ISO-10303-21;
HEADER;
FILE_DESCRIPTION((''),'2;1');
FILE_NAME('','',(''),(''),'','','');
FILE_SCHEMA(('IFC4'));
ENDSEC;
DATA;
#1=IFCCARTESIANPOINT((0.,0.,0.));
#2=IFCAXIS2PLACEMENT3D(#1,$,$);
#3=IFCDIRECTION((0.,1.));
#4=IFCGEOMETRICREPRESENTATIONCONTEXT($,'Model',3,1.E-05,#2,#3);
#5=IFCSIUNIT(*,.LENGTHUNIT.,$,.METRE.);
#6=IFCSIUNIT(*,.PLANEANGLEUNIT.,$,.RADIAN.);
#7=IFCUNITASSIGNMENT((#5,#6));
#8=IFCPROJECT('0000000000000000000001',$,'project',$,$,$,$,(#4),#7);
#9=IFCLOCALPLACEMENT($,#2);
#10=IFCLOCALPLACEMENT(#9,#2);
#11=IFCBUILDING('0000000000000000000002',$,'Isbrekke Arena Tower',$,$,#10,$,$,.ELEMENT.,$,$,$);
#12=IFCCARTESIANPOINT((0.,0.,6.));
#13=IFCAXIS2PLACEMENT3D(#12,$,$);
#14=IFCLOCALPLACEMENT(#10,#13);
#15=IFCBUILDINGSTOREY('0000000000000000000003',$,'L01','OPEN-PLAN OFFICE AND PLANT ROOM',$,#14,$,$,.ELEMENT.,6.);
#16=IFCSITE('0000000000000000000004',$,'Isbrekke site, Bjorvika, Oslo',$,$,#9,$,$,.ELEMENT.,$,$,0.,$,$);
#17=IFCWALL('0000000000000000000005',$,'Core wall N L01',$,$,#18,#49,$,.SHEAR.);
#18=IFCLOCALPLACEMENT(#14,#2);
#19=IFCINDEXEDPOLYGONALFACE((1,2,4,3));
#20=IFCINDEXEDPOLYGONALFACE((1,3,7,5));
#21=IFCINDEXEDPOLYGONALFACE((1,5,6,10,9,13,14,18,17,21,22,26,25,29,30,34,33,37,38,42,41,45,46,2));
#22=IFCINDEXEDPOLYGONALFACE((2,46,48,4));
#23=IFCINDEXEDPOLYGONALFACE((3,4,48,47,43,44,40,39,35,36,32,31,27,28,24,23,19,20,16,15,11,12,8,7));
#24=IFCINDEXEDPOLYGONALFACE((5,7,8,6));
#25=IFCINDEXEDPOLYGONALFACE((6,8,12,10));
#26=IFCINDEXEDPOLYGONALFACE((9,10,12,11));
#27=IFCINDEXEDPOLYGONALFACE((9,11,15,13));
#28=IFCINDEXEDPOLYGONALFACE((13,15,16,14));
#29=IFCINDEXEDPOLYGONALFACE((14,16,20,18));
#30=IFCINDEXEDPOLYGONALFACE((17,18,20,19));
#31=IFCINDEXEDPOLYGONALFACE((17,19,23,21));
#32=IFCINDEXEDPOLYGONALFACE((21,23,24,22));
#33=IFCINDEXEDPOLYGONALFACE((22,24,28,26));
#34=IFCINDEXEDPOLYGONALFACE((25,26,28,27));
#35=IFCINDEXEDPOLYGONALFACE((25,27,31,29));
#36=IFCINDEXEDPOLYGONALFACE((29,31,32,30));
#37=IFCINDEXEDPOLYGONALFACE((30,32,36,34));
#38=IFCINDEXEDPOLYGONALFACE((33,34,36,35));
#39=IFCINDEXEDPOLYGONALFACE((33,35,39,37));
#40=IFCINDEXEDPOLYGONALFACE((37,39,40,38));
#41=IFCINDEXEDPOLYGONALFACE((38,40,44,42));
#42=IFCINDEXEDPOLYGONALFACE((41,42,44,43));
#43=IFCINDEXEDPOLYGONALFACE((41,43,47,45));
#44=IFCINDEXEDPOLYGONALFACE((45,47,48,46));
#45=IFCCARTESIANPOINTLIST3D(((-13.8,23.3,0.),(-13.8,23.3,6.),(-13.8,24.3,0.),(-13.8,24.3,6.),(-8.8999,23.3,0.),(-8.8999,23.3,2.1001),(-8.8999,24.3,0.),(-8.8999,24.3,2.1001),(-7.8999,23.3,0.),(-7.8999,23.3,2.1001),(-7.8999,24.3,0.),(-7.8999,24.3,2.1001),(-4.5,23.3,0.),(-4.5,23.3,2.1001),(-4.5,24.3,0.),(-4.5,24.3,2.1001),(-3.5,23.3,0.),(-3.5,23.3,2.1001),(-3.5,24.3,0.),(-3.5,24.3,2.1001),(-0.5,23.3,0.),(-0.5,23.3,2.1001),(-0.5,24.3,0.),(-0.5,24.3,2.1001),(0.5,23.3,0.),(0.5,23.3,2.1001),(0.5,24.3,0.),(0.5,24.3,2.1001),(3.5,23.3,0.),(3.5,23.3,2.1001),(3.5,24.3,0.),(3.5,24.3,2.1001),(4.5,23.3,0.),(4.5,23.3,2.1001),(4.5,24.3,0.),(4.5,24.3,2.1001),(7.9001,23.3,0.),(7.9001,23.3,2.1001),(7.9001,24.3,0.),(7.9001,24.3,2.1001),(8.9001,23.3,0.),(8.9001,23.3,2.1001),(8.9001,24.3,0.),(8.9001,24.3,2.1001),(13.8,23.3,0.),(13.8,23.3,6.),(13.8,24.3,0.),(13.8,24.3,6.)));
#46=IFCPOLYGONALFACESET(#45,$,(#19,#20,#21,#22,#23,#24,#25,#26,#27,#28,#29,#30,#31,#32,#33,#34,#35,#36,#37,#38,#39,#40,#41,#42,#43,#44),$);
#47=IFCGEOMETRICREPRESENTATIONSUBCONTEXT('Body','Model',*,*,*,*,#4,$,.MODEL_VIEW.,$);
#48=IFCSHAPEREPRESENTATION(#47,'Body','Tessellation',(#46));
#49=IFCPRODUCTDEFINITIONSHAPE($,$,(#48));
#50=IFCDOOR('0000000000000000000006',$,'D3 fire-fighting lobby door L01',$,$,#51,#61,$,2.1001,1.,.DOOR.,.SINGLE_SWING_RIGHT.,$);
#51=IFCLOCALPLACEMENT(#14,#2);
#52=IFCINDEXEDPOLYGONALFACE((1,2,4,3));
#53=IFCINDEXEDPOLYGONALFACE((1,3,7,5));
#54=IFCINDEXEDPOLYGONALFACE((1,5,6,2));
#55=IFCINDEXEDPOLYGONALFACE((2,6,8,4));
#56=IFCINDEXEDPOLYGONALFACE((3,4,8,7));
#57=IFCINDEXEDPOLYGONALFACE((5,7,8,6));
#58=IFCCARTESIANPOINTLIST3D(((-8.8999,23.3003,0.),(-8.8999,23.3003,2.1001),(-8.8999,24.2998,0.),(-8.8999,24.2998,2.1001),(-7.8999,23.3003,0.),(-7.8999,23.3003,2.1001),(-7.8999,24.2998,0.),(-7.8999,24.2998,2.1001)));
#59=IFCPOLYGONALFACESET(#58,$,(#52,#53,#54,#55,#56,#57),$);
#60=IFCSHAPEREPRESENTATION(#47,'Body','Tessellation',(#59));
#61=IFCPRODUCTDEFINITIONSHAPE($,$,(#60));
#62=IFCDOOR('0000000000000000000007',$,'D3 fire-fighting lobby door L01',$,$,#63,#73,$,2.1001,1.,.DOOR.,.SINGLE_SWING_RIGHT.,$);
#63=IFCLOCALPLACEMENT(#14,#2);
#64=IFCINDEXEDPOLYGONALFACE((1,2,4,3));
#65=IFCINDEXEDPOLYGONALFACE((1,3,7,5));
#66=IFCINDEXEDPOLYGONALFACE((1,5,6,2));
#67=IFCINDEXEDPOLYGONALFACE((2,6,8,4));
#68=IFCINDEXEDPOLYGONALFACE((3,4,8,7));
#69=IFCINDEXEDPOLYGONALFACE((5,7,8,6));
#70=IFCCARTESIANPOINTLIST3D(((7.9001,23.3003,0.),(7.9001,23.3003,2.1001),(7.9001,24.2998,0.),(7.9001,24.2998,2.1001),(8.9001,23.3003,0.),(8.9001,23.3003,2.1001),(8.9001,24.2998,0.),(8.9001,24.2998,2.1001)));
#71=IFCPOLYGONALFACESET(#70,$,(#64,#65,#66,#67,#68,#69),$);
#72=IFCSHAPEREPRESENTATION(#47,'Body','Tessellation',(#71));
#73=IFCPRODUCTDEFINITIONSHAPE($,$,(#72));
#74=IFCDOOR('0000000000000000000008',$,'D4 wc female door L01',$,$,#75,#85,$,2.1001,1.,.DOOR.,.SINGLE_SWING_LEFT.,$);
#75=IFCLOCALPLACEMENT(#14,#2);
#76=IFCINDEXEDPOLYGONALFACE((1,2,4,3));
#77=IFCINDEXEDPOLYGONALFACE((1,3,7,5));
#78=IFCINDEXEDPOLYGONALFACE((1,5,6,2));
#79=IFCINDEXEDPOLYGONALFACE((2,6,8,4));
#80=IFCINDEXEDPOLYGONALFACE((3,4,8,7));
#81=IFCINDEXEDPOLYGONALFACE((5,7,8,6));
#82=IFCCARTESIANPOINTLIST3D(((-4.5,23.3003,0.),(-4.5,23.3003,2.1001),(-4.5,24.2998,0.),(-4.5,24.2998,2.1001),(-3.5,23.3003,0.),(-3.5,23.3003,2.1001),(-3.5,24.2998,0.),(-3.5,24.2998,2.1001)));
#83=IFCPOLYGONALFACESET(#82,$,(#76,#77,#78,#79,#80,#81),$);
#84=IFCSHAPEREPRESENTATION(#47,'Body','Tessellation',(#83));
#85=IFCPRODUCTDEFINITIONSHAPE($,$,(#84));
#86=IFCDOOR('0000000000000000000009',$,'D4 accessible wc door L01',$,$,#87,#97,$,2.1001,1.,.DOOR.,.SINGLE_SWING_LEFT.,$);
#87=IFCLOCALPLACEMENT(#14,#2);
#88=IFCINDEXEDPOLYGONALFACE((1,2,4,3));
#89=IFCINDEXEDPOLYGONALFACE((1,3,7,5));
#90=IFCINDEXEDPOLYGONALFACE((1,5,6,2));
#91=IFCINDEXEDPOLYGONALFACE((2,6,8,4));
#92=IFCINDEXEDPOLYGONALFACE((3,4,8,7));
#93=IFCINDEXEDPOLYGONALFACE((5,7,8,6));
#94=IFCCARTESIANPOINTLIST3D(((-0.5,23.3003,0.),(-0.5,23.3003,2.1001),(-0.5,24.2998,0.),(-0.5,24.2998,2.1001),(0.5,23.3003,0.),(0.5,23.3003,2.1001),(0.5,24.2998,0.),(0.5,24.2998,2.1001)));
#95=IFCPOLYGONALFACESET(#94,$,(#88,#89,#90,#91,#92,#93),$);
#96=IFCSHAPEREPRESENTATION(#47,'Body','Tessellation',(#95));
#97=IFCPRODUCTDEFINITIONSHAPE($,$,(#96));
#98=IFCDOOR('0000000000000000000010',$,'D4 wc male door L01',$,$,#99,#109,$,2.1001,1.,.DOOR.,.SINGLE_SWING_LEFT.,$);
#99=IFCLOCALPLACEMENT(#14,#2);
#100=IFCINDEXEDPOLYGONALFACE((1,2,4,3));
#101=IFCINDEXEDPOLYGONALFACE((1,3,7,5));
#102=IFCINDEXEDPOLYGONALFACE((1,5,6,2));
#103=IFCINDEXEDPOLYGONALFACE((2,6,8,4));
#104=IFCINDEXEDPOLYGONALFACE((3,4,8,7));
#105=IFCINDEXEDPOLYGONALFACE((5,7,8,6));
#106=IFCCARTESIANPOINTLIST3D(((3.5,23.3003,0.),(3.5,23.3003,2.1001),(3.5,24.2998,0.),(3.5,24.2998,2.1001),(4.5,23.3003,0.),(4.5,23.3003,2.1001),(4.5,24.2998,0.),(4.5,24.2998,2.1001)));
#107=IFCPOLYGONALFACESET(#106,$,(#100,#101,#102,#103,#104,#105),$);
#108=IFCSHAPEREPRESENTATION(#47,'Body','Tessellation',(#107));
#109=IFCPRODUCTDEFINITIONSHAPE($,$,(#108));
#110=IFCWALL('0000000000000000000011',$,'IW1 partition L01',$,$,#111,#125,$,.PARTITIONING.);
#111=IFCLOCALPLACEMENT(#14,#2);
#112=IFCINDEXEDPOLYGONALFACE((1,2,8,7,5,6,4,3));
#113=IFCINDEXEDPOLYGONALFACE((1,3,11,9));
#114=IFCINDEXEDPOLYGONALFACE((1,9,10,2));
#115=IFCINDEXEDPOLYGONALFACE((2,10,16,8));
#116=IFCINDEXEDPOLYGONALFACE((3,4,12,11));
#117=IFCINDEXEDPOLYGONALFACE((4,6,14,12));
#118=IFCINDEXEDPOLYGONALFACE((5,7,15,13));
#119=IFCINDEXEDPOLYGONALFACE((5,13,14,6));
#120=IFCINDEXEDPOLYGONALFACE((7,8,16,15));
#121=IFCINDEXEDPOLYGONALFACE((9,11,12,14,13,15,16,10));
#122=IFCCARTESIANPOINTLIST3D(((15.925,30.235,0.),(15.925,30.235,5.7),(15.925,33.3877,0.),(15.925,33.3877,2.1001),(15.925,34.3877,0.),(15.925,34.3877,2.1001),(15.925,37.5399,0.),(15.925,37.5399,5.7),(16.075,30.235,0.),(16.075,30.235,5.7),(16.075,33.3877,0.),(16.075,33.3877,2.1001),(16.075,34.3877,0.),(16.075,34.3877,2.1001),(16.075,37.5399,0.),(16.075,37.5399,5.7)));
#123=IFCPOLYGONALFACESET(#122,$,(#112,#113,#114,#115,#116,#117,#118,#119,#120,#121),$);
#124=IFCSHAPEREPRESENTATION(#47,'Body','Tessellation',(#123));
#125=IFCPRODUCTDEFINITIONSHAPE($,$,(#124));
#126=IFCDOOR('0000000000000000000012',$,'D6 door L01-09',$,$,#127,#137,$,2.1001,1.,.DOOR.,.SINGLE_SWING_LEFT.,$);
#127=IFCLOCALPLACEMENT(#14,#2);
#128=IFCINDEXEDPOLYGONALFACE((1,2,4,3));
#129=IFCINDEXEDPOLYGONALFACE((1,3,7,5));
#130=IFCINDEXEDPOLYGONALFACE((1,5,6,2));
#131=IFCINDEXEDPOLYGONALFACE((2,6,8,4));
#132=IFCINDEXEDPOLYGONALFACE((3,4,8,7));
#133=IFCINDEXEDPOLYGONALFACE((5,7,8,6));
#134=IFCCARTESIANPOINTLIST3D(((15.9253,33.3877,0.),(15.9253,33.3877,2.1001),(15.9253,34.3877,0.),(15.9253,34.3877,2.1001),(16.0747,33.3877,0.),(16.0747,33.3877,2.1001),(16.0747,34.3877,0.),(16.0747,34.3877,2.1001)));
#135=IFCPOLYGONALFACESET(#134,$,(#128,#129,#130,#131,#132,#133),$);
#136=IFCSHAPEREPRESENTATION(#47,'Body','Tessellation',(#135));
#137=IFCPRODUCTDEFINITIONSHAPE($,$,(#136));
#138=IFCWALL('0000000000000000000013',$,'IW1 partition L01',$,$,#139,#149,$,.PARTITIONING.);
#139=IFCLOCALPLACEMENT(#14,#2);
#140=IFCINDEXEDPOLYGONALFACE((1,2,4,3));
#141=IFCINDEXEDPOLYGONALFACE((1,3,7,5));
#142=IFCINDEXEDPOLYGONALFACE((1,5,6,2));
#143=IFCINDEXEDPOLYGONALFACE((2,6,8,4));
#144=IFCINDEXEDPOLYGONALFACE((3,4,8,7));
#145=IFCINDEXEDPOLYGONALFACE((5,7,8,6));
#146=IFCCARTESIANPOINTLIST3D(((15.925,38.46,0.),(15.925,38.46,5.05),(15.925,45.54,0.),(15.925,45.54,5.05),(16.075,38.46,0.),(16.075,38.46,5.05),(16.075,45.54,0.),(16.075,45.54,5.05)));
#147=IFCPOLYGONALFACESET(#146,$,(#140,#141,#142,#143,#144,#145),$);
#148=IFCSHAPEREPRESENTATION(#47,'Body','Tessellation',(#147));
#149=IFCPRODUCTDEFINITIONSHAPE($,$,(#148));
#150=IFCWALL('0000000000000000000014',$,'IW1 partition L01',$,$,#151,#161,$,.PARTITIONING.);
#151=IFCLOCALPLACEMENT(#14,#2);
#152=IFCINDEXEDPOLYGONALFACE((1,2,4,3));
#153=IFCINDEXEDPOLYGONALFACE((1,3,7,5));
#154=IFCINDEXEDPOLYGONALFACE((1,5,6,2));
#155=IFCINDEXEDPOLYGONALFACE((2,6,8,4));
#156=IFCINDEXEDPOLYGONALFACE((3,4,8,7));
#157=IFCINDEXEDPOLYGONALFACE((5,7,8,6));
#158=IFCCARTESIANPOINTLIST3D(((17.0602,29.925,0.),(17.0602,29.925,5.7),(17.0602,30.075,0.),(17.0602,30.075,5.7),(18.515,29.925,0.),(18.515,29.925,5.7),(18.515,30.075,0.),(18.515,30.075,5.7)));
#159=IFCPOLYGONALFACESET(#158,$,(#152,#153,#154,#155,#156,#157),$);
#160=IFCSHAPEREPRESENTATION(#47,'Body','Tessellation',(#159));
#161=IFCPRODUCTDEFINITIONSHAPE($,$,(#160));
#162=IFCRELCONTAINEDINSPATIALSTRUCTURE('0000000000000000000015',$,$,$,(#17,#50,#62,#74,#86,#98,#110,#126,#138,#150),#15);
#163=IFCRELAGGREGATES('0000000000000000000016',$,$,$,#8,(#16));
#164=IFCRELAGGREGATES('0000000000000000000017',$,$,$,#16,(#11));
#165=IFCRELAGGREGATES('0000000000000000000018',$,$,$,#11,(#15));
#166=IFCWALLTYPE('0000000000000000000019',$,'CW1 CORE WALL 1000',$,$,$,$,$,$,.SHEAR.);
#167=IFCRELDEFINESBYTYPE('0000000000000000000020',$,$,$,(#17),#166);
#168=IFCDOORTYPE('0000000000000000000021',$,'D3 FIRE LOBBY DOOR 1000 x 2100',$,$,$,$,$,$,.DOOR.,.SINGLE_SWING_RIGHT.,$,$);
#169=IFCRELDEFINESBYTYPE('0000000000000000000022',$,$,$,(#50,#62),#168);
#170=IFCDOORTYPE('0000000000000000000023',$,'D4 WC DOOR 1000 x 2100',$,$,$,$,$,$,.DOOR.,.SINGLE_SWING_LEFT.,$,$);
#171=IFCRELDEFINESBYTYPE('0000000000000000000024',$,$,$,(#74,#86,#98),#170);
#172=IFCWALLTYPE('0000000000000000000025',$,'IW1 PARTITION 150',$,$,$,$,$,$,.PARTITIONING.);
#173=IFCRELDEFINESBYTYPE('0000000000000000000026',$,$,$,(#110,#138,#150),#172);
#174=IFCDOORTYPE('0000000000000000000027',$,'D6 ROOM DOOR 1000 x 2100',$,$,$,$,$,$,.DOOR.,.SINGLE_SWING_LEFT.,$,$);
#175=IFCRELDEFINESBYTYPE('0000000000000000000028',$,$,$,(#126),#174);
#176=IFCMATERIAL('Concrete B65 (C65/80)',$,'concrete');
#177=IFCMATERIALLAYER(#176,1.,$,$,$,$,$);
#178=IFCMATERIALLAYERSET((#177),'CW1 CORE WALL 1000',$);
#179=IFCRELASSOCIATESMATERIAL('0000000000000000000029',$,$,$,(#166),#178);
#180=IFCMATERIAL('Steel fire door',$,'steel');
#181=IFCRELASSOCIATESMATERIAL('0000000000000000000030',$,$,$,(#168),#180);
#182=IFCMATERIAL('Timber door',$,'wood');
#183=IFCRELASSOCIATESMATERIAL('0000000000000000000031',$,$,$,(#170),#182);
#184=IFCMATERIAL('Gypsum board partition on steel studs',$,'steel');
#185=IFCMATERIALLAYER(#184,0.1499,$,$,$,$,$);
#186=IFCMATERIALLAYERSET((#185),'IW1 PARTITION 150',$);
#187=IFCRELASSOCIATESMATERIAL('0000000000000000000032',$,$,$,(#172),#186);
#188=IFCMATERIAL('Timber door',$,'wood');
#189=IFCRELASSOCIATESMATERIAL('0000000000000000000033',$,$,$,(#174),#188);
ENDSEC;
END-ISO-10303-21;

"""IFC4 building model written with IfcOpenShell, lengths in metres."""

from ifc_helpers import new_model, si_unit, direction, frame, frame_2d, origin, place, context, subcontext, project, spatial, rectangle, extrude, material, layer, layer_set, type_object, element, fill, save


model = new_model("IFC4")

# Units and contexts
model_context = context("Model", 3, precision=1e-05, world=origin(), true_north=direction((0.0, 1.0)))
body_context = subcontext(model_context, "Body", "Model", "MODEL_VIEW")
ifc_project = project(units=[si_unit("LENGTHUNIT", "METRE"), si_unit("PLANEANGLEUNIT", "RADIAN")], contexts=[model_context])

# Site, building, storey
site_placement = place(None, origin())
site = spatial("IfcSite", under=ifc_project, at=site_placement, Name="Isbrekke site, Bjorvika, Oslo", CompositionType="ELEMENT", RefElevation=0.0)
building_placement = place(site_placement, origin())
building = spatial("IfcBuilding", under=site, at=building_placement, Name="Isbrekke Arena Tower", CompositionType="ELEMENT")
storey_placement = place(building_placement, frame((0.0, 0.0, 6.0)))
storey = spatial("IfcBuildingStorey", under=building, at=storey_placement, Name="L01", Description="OPEN-PLAN OFFICE AND PLANT ROOM", CompositionType="ELEMENT", Elevation=6.0)

# Wall, openings, doors
ifc_material_1 = material(Name="Concrete B65 (C65/80)", Category="concrete")
ifc_layer_1 = layer(ifc_material_1, 1.0)
ifc_layer_set_1 = layer_set([ifc_layer_1], Name="CW1 CORE WALL 1000")
wall_type_1 = type_object("IfcWallType", Name="CW1 CORE WALL 1000", PredefinedType="SHEAR", material=ifc_layer_set_1)
wall_1_placement = place(storey_placement, frame((13.8, 23.8, 0.0), z_axis=(0.0, 0.0, 1.0), x_axis=(-1.0, 0.0, 0.0)))
wall_1 = element("IfcWall", 1, at=wall_1_placement, inside=storey, type_object=wall_type_1, Name="Core wall N L01", PredefinedType="SHEAR", context=body_context, shape_type="SweptSolid", body=[
    extrude(rectangle(XDim=27.6001, YDim=1.0, at=frame_2d((13.8, 0.0))), origin(), (0.0, 0.0, 1.0), 6.0),
])
opening_1_placement = place(wall_1_placement, frame((21.7, 0.0, 0.0)))
opening_1 = element("IfcOpeningElement", 2, at=opening_1_placement, cuts=wall_1, PredefinedType="OPENING", context=body_context, shape_type="SweptSolid", body=[
    extrude(rectangle(XDim=1.0, YDim=2.1001, at=frame_2d((0.5, 1.05))), frame((0.0, 0.5149, 0.0), z_axis=(0.0, -1.0, 0.0), x_axis=(1.0, 0.0, 0.0)), (0.0, 0.0, 1.0), 1.0298),
])
opening_2_placement = place(wall_1_placement, frame((4.8999, 0.0, 0.0)))
opening_2 = element("IfcOpeningElement", 3, at=opening_2_placement, cuts=wall_1, PredefinedType="OPENING", context=body_context, shape_type="SweptSolid", body=[
    extrude(rectangle(XDim=1.0, YDim=2.1001, at=frame_2d((0.5, 1.05))), frame((0.0, 0.5149, 0.0), z_axis=(0.0, -1.0, 0.0), x_axis=(1.0, 0.0, 0.0)), (0.0, 0.0, 1.0), 1.0298),
])
opening_3_placement = place(wall_1_placement, frame((17.3, 0.0, 0.0)))
opening_3 = element("IfcOpeningElement", 4, at=opening_3_placement, cuts=wall_1, PredefinedType="OPENING", context=body_context, shape_type="SweptSolid", body=[
    extrude(rectangle(XDim=1.0, YDim=2.1001, at=frame_2d((0.5, 1.05))), frame((0.0, 0.5149, 0.0), z_axis=(0.0, -1.0, 0.0), x_axis=(1.0, 0.0, 0.0)), (0.0, 0.0, 1.0), 1.0298),
])
opening_4_placement = place(wall_1_placement, frame((13.3, 0.0, 0.0)))
opening_4 = element("IfcOpeningElement", 5, at=opening_4_placement, cuts=wall_1, PredefinedType="OPENING", context=body_context, shape_type="SweptSolid", body=[
    extrude(rectangle(XDim=1.0, YDim=2.1001, at=frame_2d((0.5, 1.05))), frame((0.0, 0.5149, 0.0), z_axis=(0.0, -1.0, 0.0), x_axis=(1.0, 0.0, 0.0)), (0.0, 0.0, 1.0), 1.0298),
])
opening_5_placement = place(wall_1_placement, frame((9.3, 0.0, 0.0)))
opening_5 = element("IfcOpeningElement", 6, at=opening_5_placement, cuts=wall_1, PredefinedType="OPENING", context=body_context, shape_type="SweptSolid", body=[
    extrude(rectangle(XDim=1.0, YDim=2.1001, at=frame_2d((0.5, 1.05))), frame((0.0, 0.5149, 0.0), z_axis=(0.0, -1.0, 0.0), x_axis=(1.0, 0.0, 0.0)), (0.0, 0.0, 1.0), 1.0298),
])
ifc_material_2 = material(Name="Steel fire door", Category="steel")
door_type_1 = type_object("IfcDoorType", Name="D3 FIRE LOBBY DOOR 1000 x 2100", OperationType="SINGLE_SWING_RIGHT", PredefinedType="DOOR", material=ifc_material_2)
door_1_placement = place(opening_1_placement, origin())
door_1 = element("IfcDoor", 7, at=door_1_placement, inside=storey, type_object=door_type_1, Name="D3 fire-fighting lobby door L01", OperationType="SINGLE_SWING_RIGHT", OverallHeight=2.1001, OverallWidth=1.0, PredefinedType="DOOR", context=body_context, shape_type="SweptSolid", body=[
    extrude(rectangle(XDim=1.0, YDim=2.1001, at=frame_2d((0.5, 1.05))), frame((0.0, 0.4998, 0.0), z_axis=(0.0, -1.0, 0.0), x_axis=(1.0, 0.0, 0.0)), (0.0, 0.0, 1.0), 0.9995),
])
fill(opening_1, door_1)
door_2_placement = place(opening_2_placement, origin())
door_2 = element("IfcDoor", 8, at=door_2_placement, inside=storey, type_object=door_type_1, Name="D3 fire-fighting lobby door L01", OperationType="SINGLE_SWING_RIGHT", OverallHeight=2.1001, OverallWidth=1.0, PredefinedType="DOOR", context=body_context, shape_type="SweptSolid", body=[
    extrude(rectangle(XDim=1.0, YDim=2.1001, at=frame_2d((0.5, 1.05))), frame((0.0, 0.4998, 0.0), z_axis=(0.0, -1.0, 0.0), x_axis=(1.0, 0.0, 0.0)), (0.0, 0.0, 1.0), 0.9995),
])
fill(opening_2, door_2)
ifc_material_3 = material(Name="Timber door", Category="wood")
door_type_2 = type_object("IfcDoorType", Name="D4 WC DOOR 1000 x 2100", OperationType="SINGLE_SWING_LEFT", PredefinedType="DOOR", material=ifc_material_3)
door_3_placement = place(opening_3_placement, origin())
door_3 = element("IfcDoor", 9, at=door_3_placement, inside=storey, type_object=door_type_2, Name="D4 wc female door L01", OperationType="SINGLE_SWING_LEFT", OverallHeight=2.1001, OverallWidth=1.0, PredefinedType="DOOR", context=body_context, shape_type="SweptSolid", body=[
    extrude(rectangle(XDim=1.0, YDim=2.1001, at=frame_2d((0.5, 1.05))), frame((0.0, 0.4998, 0.0), z_axis=(0.0, -1.0, 0.0), x_axis=(1.0, 0.0, 0.0)), (0.0, 0.0, 1.0), 0.9995),
])
fill(opening_3, door_3)
door_4_placement = place(opening_4_placement, origin())
door_4 = element("IfcDoor", 10, at=door_4_placement, inside=storey, type_object=door_type_2, Name="D4 accessible wc door L01", OperationType="SINGLE_SWING_LEFT", OverallHeight=2.1001, OverallWidth=1.0, PredefinedType="DOOR", context=body_context, shape_type="SweptSolid", body=[
    extrude(rectangle(XDim=1.0, YDim=2.1001, at=frame_2d((0.5, 1.05))), frame((0.0, 0.4998, 0.0), z_axis=(0.0, -1.0, 0.0), x_axis=(1.0, 0.0, 0.0)), (0.0, 0.0, 1.0), 0.9995),
])
fill(opening_4, door_4)
door_5_placement = place(opening_5_placement, origin())
door_5 = element("IfcDoor", 11, at=door_5_placement, inside=storey, type_object=door_type_2, Name="D4 wc male door L01", OperationType="SINGLE_SWING_LEFT", OverallHeight=2.1001, OverallWidth=1.0, PredefinedType="DOOR", context=body_context, shape_type="SweptSolid", body=[
    extrude(rectangle(XDim=1.0, YDim=2.1001, at=frame_2d((0.5, 1.05))), frame((0.0, 0.4998, 0.0), z_axis=(0.0, -1.0, 0.0), x_axis=(1.0, 0.0, 0.0)), (0.0, 0.0, 1.0), 0.9995),
])
fill(opening_5, door_5)

# Wall, opening, door
ifc_material_4 = material(Name="Gypsum board partition on steel studs", Category="steel")
ifc_layer_2 = layer(ifc_material_4, 0.1499)
ifc_layer_set_2 = layer_set([ifc_layer_2], Name="IW1 PARTITION 150")
wall_type_2 = type_object("IfcWallType", Name="IW1 PARTITION 150", PredefinedType="PARTITIONING", material=ifc_layer_set_2)
wall_2_placement = place(storey_placement, frame((16.0, 30.2351, 0.0), z_axis=(0.0, 0.0, 1.0), x_axis=(0.0, 1.0, 0.0)))
wall_2 = element("IfcWall", 12, at=wall_2_placement, inside=storey, type_object=wall_type_2, Name="IW1 partition L01", PredefinedType="PARTITIONING", context=body_context, shape_type="SweptSolid", body=[
    extrude(rectangle(XDim=7.3049, YDim=0.1499, at=frame_2d((3.6523, 0.0))), origin(), (0.0, 0.0, 1.0), 5.7),
])
opening_6_placement = place(wall_2_placement, frame((3.1526, 0.0, 0.0)))
opening_6 = element("IfcOpeningElement", 13, at=opening_6_placement, cuts=wall_2, PredefinedType="OPENING", context=body_context, shape_type="SweptSolid", body=[
    extrude(rectangle(XDim=1.0, YDim=2.1001, at=frame_2d((0.5, 1.05))), frame((0.0, 0.0898, 0.0), z_axis=(0.0, -1.0, 0.0), x_axis=(1.0, 0.0, 0.0)), (0.0, 0.0, 1.0), 0.1797),
])
ifc_material_5 = material(Name="Timber door", Category="wood")
door_type_3 = type_object("IfcDoorType", Name="D6 ROOM DOOR 1000 x 2100", OperationType="SINGLE_SWING_LEFT", PredefinedType="DOOR", material=ifc_material_5)
door_6_placement = place(opening_6_placement, origin())
door_6 = element("IfcDoor", 14, at=door_6_placement, inside=storey, type_object=door_type_3, Name="D6 door L01-09", OperationType="SINGLE_SWING_LEFT", OverallHeight=2.1001, OverallWidth=1.0, PredefinedType="DOOR", context=body_context, shape_type="SweptSolid", body=[
    extrude(rectangle(XDim=1.0, YDim=2.1001, at=frame_2d((0.5, 1.05))), frame((0.0, 0.0747, 0.0), z_axis=(0.0, -1.0, 0.0), x_axis=(1.0, 0.0, 0.0)), (0.0, 0.0, 1.0), 0.1494),
])
fill(opening_6, door_6)

# Walls
wall_3_placement = place(storey_placement, frame((16.0, 38.46, 0.0), z_axis=(0.0, 0.0, 1.0), x_axis=(0.0, 1.0, 0.0)))
element("IfcWall", 15, at=wall_3_placement, inside=storey, type_object=wall_type_2, Name="IW1 partition L01", PredefinedType="PARTITIONING", context=body_context, shape_type="SweptSolid", body=[
    extrude(rectangle(XDim=7.0801, YDim=0.1499, at=frame_2d((3.54, 0.0))), origin(), (0.0, 0.0, 1.0), 5.05),
])
wall_4_placement = place(storey_placement, frame((17.0601, 30.0, 0.0), z_axis=(0.0, 0.0, 1.0), x_axis=(1.0, 0.0, 0.0)))
element("IfcWall", 16, at=wall_4_placement, inside=storey, type_object=wall_type_2, Name="IW1 partition L01", PredefinedType="PARTITIONING", context=body_context, shape_type="SweptSolid", body=[
    extrude(rectangle(XDim=1.4548, YDim=0.1499, at=frame_2d((0.7275, 0.0))), origin(), (0.0, 0.0, 1.0), 5.7),
])

save(model, "model.ifc")
